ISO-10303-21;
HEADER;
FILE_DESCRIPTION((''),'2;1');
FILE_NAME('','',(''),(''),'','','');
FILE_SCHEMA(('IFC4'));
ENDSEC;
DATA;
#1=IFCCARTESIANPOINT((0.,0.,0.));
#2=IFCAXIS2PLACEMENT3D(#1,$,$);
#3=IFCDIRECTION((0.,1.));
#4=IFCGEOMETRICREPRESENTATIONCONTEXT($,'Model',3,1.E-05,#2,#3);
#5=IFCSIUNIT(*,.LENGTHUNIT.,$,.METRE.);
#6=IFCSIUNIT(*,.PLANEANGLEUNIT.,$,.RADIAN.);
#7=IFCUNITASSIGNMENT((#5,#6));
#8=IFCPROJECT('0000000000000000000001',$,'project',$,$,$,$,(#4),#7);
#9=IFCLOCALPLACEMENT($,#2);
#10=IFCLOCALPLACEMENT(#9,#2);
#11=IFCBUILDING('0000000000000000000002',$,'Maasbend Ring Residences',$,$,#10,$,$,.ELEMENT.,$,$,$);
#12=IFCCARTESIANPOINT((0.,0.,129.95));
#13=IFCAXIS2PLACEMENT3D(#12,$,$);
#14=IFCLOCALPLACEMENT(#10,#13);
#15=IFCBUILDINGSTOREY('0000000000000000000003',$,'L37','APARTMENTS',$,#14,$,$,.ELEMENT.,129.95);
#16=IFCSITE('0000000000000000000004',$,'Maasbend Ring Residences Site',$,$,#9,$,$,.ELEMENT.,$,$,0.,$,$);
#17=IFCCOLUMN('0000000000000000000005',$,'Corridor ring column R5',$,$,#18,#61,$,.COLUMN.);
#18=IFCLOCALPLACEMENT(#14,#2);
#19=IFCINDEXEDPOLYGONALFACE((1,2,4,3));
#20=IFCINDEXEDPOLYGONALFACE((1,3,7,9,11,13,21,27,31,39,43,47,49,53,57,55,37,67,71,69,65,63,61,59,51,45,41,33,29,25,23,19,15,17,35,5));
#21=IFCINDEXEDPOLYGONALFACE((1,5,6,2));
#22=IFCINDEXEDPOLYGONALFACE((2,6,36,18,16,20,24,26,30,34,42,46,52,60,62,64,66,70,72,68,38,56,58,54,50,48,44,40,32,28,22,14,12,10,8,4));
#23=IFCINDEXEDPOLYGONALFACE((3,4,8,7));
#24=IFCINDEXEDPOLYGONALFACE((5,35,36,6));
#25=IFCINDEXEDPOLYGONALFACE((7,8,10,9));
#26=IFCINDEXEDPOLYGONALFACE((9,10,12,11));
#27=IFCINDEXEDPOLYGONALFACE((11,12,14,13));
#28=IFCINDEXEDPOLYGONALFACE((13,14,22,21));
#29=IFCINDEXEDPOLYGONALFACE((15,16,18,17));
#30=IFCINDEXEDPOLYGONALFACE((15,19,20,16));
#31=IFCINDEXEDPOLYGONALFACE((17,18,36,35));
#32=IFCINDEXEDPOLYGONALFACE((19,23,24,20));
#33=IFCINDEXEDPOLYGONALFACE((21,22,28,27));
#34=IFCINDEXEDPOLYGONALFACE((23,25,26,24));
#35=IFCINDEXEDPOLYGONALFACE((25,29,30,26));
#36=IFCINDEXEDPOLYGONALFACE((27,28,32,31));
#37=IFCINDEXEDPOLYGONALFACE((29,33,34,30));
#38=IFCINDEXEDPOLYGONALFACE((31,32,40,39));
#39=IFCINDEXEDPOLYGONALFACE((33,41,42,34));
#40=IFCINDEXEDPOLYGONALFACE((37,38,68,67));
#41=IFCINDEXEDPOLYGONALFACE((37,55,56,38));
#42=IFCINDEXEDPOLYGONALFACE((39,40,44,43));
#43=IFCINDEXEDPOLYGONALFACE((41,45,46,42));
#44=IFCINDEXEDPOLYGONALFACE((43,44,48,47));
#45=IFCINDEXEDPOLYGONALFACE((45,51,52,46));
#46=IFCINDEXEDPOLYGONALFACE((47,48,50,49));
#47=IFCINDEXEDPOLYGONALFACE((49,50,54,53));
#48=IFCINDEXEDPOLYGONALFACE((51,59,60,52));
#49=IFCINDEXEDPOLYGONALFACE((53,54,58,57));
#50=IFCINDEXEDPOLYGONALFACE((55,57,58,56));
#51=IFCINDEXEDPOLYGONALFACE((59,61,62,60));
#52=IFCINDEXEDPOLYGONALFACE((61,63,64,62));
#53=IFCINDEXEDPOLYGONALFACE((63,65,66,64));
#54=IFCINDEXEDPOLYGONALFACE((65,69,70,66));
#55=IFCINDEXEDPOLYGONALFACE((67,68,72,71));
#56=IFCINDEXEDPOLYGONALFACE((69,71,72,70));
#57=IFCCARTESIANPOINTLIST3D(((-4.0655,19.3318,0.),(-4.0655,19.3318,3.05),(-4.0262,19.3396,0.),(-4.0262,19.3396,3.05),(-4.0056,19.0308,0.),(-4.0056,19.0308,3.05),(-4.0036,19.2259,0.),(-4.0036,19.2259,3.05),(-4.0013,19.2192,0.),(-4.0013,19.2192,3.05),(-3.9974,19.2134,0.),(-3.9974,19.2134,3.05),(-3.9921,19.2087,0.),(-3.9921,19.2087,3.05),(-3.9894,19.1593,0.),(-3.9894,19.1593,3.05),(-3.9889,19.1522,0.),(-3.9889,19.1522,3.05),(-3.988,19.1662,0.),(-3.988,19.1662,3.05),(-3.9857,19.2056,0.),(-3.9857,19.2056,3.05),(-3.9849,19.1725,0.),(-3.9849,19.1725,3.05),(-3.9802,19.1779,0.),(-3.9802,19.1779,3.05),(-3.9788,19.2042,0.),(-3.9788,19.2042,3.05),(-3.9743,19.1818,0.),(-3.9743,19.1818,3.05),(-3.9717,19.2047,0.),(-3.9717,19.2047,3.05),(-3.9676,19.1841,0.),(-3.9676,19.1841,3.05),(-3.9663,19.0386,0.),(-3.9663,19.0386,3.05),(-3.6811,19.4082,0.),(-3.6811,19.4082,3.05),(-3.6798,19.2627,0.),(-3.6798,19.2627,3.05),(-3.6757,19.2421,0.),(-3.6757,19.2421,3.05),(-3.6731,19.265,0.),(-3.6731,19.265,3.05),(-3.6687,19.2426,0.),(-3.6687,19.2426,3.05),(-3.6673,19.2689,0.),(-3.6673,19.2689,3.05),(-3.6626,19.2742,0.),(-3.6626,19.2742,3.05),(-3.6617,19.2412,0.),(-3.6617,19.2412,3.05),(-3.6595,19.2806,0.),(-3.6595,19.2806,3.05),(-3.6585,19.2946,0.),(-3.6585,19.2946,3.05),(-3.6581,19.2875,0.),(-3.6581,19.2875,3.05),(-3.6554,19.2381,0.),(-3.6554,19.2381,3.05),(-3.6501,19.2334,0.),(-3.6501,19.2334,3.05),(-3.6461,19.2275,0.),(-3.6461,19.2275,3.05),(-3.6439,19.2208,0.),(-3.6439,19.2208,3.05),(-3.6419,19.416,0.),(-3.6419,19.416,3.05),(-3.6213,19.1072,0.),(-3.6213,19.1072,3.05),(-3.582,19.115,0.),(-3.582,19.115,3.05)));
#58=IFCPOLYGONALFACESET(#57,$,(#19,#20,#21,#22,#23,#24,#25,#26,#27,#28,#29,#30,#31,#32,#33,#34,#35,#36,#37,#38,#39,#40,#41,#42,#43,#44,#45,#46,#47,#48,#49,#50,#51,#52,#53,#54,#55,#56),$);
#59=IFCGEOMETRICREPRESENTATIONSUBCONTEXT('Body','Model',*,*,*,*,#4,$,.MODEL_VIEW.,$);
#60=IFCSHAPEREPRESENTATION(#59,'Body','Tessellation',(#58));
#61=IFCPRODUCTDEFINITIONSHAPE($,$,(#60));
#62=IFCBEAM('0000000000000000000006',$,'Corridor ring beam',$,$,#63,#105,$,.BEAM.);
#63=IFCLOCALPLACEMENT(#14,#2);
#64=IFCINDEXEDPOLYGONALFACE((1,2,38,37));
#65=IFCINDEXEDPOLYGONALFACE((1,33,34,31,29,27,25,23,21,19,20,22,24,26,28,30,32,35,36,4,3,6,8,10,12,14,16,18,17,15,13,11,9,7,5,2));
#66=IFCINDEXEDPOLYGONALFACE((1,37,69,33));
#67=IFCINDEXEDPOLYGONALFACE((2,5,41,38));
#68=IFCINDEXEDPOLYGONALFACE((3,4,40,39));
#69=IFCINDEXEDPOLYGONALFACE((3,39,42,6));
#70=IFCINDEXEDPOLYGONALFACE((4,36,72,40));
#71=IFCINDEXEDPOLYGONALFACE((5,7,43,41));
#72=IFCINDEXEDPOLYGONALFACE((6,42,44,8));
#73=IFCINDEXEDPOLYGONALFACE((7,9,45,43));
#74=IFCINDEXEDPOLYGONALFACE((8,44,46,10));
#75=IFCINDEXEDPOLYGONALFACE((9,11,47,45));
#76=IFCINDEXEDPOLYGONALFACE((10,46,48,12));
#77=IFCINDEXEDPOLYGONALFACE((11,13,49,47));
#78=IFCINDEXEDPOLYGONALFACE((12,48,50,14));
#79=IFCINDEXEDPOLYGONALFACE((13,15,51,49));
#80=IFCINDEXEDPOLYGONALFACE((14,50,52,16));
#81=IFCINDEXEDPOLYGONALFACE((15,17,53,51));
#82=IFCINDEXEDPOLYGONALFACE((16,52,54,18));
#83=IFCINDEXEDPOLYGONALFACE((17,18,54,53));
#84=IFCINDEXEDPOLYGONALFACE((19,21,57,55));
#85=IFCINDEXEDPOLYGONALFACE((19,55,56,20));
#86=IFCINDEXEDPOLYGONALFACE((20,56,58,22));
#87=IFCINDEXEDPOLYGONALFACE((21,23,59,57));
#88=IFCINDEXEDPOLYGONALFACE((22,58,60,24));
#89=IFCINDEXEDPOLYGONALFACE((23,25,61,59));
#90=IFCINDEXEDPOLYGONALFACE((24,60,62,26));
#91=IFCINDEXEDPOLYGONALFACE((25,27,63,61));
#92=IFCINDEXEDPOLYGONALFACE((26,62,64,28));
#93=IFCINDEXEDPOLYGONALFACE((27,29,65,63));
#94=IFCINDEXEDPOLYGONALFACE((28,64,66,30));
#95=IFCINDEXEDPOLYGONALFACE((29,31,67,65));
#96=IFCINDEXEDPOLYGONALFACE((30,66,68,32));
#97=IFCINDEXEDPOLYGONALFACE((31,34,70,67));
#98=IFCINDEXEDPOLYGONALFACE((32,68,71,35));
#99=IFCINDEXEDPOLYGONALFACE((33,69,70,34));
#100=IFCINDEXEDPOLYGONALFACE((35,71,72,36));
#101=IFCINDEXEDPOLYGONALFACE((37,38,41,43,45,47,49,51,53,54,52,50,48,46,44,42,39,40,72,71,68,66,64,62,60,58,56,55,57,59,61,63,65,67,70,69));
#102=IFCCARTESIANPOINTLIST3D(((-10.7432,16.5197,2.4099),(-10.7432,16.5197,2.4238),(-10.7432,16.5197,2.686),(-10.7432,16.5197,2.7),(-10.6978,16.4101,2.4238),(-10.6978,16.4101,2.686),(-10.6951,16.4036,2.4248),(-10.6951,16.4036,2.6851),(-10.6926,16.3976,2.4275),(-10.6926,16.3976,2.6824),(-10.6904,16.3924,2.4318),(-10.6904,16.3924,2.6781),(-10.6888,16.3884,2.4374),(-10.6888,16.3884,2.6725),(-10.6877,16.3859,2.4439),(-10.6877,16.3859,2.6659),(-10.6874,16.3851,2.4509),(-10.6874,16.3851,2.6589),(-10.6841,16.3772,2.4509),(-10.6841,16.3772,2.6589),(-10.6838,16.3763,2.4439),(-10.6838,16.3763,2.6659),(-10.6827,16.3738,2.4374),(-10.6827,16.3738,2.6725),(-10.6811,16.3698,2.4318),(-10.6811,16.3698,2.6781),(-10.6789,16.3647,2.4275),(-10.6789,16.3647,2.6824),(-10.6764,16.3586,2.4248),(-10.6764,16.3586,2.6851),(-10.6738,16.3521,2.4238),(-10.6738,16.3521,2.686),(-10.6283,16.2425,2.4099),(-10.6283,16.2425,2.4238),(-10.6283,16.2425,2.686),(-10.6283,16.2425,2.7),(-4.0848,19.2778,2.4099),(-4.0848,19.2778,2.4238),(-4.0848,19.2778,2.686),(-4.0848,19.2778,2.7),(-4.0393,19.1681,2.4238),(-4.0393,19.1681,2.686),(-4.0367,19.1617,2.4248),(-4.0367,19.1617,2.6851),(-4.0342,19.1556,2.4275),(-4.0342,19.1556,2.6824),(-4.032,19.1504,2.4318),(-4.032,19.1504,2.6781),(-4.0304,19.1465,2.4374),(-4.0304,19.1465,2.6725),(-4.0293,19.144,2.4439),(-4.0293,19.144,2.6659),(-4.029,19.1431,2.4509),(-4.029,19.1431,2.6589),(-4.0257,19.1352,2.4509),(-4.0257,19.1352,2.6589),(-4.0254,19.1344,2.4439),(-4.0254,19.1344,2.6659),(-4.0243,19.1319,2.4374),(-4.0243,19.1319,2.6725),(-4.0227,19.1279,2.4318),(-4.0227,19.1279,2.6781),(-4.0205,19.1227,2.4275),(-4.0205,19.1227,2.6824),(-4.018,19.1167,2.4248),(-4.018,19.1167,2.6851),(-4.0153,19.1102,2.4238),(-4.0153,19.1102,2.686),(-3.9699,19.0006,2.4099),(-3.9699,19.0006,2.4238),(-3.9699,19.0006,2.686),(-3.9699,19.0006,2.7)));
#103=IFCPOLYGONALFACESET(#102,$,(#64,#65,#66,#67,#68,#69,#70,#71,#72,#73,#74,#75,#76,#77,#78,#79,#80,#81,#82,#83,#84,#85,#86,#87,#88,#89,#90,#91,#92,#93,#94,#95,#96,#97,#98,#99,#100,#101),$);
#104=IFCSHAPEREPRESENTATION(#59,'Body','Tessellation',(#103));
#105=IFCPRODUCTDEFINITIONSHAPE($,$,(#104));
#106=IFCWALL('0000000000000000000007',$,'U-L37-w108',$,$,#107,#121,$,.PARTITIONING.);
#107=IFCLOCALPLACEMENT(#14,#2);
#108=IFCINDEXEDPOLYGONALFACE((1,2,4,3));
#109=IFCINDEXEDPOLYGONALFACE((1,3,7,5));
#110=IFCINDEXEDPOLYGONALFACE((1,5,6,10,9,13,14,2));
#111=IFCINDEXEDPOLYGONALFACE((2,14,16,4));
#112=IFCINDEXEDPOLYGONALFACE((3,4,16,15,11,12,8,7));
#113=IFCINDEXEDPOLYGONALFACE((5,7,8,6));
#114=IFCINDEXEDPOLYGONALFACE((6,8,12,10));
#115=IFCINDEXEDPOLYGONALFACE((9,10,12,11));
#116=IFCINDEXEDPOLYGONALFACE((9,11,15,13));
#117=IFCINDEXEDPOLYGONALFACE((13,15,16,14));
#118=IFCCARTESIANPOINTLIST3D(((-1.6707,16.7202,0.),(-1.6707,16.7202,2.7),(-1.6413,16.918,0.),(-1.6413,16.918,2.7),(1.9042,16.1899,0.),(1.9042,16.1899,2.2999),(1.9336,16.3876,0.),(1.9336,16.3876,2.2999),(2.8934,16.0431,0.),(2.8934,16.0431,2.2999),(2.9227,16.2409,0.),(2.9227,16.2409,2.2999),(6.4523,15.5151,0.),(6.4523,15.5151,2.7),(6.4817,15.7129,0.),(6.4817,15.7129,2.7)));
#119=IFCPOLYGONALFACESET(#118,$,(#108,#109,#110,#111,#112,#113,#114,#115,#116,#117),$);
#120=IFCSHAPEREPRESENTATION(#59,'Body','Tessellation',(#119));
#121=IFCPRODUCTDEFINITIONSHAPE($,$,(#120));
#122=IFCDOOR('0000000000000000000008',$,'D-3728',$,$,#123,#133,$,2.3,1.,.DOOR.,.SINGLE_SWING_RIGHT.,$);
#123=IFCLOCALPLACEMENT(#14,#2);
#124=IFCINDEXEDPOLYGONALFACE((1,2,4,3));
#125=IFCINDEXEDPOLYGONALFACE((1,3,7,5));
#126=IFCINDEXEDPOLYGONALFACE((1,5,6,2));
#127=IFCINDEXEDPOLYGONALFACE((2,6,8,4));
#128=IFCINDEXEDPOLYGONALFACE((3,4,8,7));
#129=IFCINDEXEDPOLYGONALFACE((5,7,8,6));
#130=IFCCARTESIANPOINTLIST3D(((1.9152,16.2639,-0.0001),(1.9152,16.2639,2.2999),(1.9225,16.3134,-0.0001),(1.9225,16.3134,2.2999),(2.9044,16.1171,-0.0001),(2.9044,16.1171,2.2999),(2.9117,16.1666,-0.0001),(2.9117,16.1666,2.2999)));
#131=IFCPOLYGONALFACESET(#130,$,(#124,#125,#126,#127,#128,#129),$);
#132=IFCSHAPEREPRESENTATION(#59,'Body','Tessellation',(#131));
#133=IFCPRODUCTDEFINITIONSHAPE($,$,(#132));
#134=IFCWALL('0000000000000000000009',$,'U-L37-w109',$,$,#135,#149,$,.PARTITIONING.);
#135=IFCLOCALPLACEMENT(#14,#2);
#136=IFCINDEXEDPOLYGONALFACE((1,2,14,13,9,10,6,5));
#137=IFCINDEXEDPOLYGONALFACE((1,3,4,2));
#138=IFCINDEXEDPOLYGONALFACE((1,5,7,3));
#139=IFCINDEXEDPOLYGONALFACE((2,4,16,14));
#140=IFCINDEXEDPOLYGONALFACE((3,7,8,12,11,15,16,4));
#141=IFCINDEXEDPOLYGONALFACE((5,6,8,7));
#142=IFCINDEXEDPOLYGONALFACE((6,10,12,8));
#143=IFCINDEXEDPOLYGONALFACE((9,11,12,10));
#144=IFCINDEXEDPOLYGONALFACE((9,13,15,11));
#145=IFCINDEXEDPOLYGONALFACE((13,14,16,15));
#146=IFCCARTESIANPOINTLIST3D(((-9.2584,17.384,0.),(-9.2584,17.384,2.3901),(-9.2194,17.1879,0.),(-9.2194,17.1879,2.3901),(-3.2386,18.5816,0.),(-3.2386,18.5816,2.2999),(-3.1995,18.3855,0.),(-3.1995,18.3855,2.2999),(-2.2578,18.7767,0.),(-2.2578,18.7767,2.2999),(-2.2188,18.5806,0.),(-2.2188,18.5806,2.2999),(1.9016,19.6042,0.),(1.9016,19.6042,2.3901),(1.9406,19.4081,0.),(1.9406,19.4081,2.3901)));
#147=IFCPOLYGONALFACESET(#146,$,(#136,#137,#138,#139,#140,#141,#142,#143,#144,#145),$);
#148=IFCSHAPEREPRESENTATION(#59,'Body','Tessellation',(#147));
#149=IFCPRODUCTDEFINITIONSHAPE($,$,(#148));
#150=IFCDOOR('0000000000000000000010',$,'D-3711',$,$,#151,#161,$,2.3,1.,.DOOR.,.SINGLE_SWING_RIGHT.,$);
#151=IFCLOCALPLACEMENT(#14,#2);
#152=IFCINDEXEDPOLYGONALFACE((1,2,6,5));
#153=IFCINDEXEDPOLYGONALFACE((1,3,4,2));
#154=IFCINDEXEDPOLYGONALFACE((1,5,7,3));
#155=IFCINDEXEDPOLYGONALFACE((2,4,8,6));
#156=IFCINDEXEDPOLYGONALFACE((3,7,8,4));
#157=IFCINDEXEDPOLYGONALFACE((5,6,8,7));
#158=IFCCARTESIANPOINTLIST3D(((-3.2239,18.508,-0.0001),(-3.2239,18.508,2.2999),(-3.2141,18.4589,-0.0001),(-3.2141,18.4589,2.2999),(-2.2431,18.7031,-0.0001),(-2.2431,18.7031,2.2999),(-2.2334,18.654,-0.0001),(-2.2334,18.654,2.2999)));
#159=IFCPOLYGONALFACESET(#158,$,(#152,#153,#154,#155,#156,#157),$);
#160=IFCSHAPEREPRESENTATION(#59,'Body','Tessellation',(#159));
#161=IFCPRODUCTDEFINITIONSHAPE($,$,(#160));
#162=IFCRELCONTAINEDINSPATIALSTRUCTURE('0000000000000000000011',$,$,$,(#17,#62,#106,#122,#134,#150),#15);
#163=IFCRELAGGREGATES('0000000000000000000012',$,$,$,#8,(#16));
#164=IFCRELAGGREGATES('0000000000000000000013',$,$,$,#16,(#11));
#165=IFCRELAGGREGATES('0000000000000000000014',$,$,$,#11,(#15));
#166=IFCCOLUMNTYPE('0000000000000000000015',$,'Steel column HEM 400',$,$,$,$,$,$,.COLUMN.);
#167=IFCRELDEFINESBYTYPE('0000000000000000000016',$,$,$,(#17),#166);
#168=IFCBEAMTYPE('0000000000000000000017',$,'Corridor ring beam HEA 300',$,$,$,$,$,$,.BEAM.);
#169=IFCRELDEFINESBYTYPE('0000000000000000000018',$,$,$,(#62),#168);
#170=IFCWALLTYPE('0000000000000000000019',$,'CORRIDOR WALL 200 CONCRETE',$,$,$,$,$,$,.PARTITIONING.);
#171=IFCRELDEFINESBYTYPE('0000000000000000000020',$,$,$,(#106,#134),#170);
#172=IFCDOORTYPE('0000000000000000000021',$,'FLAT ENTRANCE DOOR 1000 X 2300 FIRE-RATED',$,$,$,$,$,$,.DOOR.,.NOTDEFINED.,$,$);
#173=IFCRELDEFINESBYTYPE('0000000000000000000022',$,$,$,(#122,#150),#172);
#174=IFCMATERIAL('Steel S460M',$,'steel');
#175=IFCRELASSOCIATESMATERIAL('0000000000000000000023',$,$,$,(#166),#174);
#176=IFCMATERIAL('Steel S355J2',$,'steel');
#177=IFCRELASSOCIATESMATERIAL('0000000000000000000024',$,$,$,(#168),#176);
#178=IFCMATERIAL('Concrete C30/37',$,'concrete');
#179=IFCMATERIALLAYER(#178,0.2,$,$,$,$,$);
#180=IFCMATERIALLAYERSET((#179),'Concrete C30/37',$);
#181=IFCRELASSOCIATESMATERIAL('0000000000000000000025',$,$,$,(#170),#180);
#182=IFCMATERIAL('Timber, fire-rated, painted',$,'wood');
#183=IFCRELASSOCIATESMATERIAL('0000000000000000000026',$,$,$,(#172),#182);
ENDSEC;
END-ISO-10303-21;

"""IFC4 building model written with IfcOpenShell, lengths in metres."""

from ifc_helpers import new_model, si_unit, direction, frame, frame_2d, origin, origin_2d, place, context, subcontext, project, spatial, rectangle, i_section, extrude, material, layer, layer_set, material_profile, profile_set, type_object, element, fill, save


model = new_model("IFC4")

# Units and contexts
model_context = context("Model", 3, precision=1e-05, world=origin(), true_north=direction((0.0, 1.0)))
body_context = subcontext(model_context, "Body", "Model", "MODEL_VIEW")
ifc_project = project(units=[si_unit("LENGTHUNIT", "METRE"), si_unit("PLANEANGLEUNIT", "RADIAN")], contexts=[model_context])

# Site, building, storey
site_placement = place(None, origin())
site = spatial("IfcSite", under=ifc_project, at=site_placement, Name="Maasbend Ring Residences Site", CompositionType="ELEMENT", RefElevation=0.0)
building_placement = place(site_placement, origin())
building = spatial("IfcBuilding", under=site, at=building_placement, Name="Maasbend Ring Residences", CompositionType="ELEMENT")
storey_placement = place(building_placement, frame((0.0, 0.0, 129.95)))
storey = spatial("IfcBuildingStorey", under=building, at=storey_placement, Name="L37", Description="APARTMENTS", CompositionType="ELEMENT", Elevation=129.95)

# Column
ifc_material_1 = material(Name="Steel S460M", Category="steel")
ifc_material_profile_1 = material_profile(ifc_material_1, i_section(OverallWidth=0.3069, OverallDepth=0.4319, WebThickness=0.021, FlangeThickness=0.04, FilletRadius=0.0271, at=origin_2d()), Name="HEM 400")
ifc_profile_set_1 = profile_set([ifc_material_profile_1], Name="Steel S460M")
column_type = type_object("IfcColumnType", Name="Steel column HEM 400", PredefinedType="COLUMN", material=ifc_profile_set_1)
column_placement = place(storey_placement, frame((-3.8237, 19.2234, 0.0), z_axis=(0.0, 0.0, 1.0), x_axis=(-0.19509, 0.980785, 0.0)))
element("IfcColumn", 1, at=column_placement, inside=storey, type_object=column_type, Name="Corridor ring column R5", PredefinedType="COLUMN", context=body_context, shape_type="SweptSolid", body=[
    extrude(i_section(OverallWidth=0.3069, OverallDepth=0.4319, WebThickness=0.021, FlangeThickness=0.04, FilletRadius=0.0271, at=origin_2d()), origin(), (0.0, 0.0, 1.0), 3.05),
])

# Beam
ifc_material_2 = material(Name="Steel S355J2", Category="steel")
ifc_material_profile_2 = material_profile(ifc_material_2, i_section(OverallWidth=0.3, OverallDepth=0.29, WebThickness=0.0085, FlangeThickness=0.0139, FilletRadius=0.0271, at=origin_2d()), Name="HEA 300")
ifc_profile_set_2 = profile_set([ifc_material_profile_2], Name="Steel S355J2")
beam_type = type_object("IfcBeamType", Name="Corridor ring beam HEA 300", PredefinedType="BEAM", material=ifc_profile_set_2)
beam_placement = place(storey_placement, frame((-4.0273, 19.1392, 2.5549), z_axis=(-0.923878, -0.382688, 0.0), x_axis=(0.382688, -0.923878, 0.0)))
element("IfcBeam", 2, at=beam_placement, inside=storey, type_object=beam_type, Name="Corridor ring beam", PredefinedType="BEAM", context=body_context, shape_type="SweptSolid", body=[
    extrude(i_section(OverallWidth=0.3, OverallDepth=0.29, WebThickness=0.0085, FlangeThickness=0.0139, FilletRadius=0.0271, at=origin_2d()), origin(), (0.0, 0.0, 1.0), 7.207),
])

# Walls, openings, doors
ifc_material_3 = material(Name="Concrete C30/37", Category="concrete")
ifc_layer_1 = layer(ifc_material_3, 0.2)
ifc_layer_set_1 = layer_set([ifc_layer_1], Name="Concrete C30/37")
wall_type_1 = type_object("IfcWallType", Name="CORRIDOR WALL 200 CONCRETE", PredefinedType="PARTITIONING", material=ifc_layer_set_1)
wall_1_placement = place(storey_placement, frame((-1.656, 16.8191, 0.0), z_axis=(0.0, 0.0, 1.0), x_axis=(0.989174, -0.146747, 0.0)))
wall_1 = element("IfcWall", 3, at=wall_1_placement, inside=storey, type_object=wall_type_1, Name="U-L37-w108", PredefinedType="PARTITIONING", context=body_context, shape_type="SweptSolid", body=[
    extrude(rectangle(XDim=8.2119, YDim=0.2, at=frame_2d((4.106, 0.0))), origin(), (0.0, 0.0, 1.0), 2.7),
])
opening_1_placement = place(wall_1_placement, frame((3.614, 0.0, 0.0)))
opening_1 = element("IfcOpeningElement", 4, at=opening_1_placement, cuts=wall_1, PredefinedType="OPENING", context=body_context, shape_type="SweptSolid", body=[
    extrude(rectangle(XDim=1.0, YDim=2.3, at=frame_2d((0.5, 1.1499))), frame((0.0, 0.1099, 0.0), z_axis=(0.0, -1.0, 0.0), x_axis=(1.0, 0.0, 0.0)), (0.0, 0.0, 1.0), 0.22),
])
ifc_material_4 = material(Name="Timber, fire-rated, painted", Category="wood")
door_type_1 = type_object("IfcDoorType", Name="FLAT ENTRANCE DOOR 1000 X 2300 FIRE-RATED", OperationType="NOTDEFINED", PredefinedType="DOOR", material=ifc_material_4)
door_1_placement = place(opening_1_placement, origin())
door_1 = element("IfcDoor", 5, at=door_1_placement, inside=storey, type_object=door_type_1, Name="D-3728", OperationType="SINGLE_SWING_RIGHT", OverallHeight=2.3, OverallWidth=1.0, PredefinedType="DOOR", context=body_context, shape_type="SweptSolid", body=[
    extrude(rectangle(XDim=1.0, YDim=2.3, at=frame_2d((0.5, 1.1499))), frame((0.0, 0.0249, 0.0), z_axis=(0.0, -1.0, 0.0), x_axis=(1.0, 0.0, 0.0)), (0.0, 0.0, 1.0), 0.05),
])
fill(opening_1, door_1)
wall_2_placement = place(storey_placement, frame((-9.239, 17.2859, 0.0), z_axis=(0.0, 0.0, 1.0), x_axis=(0.980779, 0.195122, 0.0)))
wall_2 = element("IfcWall", 6, at=wall_2_placement, inside=storey, type_object=wall_type_1, Name="U-L37-w109", PredefinedType="PARTITIONING", context=body_context, shape_type="SweptSolid", body=[
    extrude(rectangle(XDim=11.3787, YDim=0.2, at=frame_2d((5.6895, 0.0))), origin(), (0.0, 0.0, 1.0), 2.3901),
])
opening_2_placement = place(wall_2_placement, frame((6.1379, 0.0, 0.0)))
opening_2 = element("IfcOpeningElement", 7, at=opening_2_placement, cuts=wall_2, PredefinedType="OPENING", context=body_context, shape_type="SweptSolid", body=[
    extrude(rectangle(XDim=1.0, YDim=2.3, at=frame_2d((0.5, 1.1499))), frame((0.0, 0.1099, 0.0), z_axis=(0.0, -1.0, 0.0), x_axis=(1.0, 0.0, 0.0)), (0.0, 0.0, 1.0), 0.22),
])
door_2_placement = place(opening_2_placement, origin())
door_2 = element("IfcDoor", 8, at=door_2_placement, inside=storey, type_object=door_type_1, Name="D-3711", OperationType="SINGLE_SWING_RIGHT", OverallHeight=2.3, OverallWidth=1.0, PredefinedType="DOOR", context=body_context, shape_type="SweptSolid", body=[
    extrude(rectangle(XDim=1.0, YDim=2.3, at=frame_2d((0.5, 1.1499))), frame((0.0, 0.0249, 0.0), z_axis=(0.0, -1.0, 0.0), x_axis=(1.0, 0.0, 0.0)), (0.0, 0.0, 1.0), 0.05),
])
fill(opening_2, door_2)

save(model, "model.ifc")
